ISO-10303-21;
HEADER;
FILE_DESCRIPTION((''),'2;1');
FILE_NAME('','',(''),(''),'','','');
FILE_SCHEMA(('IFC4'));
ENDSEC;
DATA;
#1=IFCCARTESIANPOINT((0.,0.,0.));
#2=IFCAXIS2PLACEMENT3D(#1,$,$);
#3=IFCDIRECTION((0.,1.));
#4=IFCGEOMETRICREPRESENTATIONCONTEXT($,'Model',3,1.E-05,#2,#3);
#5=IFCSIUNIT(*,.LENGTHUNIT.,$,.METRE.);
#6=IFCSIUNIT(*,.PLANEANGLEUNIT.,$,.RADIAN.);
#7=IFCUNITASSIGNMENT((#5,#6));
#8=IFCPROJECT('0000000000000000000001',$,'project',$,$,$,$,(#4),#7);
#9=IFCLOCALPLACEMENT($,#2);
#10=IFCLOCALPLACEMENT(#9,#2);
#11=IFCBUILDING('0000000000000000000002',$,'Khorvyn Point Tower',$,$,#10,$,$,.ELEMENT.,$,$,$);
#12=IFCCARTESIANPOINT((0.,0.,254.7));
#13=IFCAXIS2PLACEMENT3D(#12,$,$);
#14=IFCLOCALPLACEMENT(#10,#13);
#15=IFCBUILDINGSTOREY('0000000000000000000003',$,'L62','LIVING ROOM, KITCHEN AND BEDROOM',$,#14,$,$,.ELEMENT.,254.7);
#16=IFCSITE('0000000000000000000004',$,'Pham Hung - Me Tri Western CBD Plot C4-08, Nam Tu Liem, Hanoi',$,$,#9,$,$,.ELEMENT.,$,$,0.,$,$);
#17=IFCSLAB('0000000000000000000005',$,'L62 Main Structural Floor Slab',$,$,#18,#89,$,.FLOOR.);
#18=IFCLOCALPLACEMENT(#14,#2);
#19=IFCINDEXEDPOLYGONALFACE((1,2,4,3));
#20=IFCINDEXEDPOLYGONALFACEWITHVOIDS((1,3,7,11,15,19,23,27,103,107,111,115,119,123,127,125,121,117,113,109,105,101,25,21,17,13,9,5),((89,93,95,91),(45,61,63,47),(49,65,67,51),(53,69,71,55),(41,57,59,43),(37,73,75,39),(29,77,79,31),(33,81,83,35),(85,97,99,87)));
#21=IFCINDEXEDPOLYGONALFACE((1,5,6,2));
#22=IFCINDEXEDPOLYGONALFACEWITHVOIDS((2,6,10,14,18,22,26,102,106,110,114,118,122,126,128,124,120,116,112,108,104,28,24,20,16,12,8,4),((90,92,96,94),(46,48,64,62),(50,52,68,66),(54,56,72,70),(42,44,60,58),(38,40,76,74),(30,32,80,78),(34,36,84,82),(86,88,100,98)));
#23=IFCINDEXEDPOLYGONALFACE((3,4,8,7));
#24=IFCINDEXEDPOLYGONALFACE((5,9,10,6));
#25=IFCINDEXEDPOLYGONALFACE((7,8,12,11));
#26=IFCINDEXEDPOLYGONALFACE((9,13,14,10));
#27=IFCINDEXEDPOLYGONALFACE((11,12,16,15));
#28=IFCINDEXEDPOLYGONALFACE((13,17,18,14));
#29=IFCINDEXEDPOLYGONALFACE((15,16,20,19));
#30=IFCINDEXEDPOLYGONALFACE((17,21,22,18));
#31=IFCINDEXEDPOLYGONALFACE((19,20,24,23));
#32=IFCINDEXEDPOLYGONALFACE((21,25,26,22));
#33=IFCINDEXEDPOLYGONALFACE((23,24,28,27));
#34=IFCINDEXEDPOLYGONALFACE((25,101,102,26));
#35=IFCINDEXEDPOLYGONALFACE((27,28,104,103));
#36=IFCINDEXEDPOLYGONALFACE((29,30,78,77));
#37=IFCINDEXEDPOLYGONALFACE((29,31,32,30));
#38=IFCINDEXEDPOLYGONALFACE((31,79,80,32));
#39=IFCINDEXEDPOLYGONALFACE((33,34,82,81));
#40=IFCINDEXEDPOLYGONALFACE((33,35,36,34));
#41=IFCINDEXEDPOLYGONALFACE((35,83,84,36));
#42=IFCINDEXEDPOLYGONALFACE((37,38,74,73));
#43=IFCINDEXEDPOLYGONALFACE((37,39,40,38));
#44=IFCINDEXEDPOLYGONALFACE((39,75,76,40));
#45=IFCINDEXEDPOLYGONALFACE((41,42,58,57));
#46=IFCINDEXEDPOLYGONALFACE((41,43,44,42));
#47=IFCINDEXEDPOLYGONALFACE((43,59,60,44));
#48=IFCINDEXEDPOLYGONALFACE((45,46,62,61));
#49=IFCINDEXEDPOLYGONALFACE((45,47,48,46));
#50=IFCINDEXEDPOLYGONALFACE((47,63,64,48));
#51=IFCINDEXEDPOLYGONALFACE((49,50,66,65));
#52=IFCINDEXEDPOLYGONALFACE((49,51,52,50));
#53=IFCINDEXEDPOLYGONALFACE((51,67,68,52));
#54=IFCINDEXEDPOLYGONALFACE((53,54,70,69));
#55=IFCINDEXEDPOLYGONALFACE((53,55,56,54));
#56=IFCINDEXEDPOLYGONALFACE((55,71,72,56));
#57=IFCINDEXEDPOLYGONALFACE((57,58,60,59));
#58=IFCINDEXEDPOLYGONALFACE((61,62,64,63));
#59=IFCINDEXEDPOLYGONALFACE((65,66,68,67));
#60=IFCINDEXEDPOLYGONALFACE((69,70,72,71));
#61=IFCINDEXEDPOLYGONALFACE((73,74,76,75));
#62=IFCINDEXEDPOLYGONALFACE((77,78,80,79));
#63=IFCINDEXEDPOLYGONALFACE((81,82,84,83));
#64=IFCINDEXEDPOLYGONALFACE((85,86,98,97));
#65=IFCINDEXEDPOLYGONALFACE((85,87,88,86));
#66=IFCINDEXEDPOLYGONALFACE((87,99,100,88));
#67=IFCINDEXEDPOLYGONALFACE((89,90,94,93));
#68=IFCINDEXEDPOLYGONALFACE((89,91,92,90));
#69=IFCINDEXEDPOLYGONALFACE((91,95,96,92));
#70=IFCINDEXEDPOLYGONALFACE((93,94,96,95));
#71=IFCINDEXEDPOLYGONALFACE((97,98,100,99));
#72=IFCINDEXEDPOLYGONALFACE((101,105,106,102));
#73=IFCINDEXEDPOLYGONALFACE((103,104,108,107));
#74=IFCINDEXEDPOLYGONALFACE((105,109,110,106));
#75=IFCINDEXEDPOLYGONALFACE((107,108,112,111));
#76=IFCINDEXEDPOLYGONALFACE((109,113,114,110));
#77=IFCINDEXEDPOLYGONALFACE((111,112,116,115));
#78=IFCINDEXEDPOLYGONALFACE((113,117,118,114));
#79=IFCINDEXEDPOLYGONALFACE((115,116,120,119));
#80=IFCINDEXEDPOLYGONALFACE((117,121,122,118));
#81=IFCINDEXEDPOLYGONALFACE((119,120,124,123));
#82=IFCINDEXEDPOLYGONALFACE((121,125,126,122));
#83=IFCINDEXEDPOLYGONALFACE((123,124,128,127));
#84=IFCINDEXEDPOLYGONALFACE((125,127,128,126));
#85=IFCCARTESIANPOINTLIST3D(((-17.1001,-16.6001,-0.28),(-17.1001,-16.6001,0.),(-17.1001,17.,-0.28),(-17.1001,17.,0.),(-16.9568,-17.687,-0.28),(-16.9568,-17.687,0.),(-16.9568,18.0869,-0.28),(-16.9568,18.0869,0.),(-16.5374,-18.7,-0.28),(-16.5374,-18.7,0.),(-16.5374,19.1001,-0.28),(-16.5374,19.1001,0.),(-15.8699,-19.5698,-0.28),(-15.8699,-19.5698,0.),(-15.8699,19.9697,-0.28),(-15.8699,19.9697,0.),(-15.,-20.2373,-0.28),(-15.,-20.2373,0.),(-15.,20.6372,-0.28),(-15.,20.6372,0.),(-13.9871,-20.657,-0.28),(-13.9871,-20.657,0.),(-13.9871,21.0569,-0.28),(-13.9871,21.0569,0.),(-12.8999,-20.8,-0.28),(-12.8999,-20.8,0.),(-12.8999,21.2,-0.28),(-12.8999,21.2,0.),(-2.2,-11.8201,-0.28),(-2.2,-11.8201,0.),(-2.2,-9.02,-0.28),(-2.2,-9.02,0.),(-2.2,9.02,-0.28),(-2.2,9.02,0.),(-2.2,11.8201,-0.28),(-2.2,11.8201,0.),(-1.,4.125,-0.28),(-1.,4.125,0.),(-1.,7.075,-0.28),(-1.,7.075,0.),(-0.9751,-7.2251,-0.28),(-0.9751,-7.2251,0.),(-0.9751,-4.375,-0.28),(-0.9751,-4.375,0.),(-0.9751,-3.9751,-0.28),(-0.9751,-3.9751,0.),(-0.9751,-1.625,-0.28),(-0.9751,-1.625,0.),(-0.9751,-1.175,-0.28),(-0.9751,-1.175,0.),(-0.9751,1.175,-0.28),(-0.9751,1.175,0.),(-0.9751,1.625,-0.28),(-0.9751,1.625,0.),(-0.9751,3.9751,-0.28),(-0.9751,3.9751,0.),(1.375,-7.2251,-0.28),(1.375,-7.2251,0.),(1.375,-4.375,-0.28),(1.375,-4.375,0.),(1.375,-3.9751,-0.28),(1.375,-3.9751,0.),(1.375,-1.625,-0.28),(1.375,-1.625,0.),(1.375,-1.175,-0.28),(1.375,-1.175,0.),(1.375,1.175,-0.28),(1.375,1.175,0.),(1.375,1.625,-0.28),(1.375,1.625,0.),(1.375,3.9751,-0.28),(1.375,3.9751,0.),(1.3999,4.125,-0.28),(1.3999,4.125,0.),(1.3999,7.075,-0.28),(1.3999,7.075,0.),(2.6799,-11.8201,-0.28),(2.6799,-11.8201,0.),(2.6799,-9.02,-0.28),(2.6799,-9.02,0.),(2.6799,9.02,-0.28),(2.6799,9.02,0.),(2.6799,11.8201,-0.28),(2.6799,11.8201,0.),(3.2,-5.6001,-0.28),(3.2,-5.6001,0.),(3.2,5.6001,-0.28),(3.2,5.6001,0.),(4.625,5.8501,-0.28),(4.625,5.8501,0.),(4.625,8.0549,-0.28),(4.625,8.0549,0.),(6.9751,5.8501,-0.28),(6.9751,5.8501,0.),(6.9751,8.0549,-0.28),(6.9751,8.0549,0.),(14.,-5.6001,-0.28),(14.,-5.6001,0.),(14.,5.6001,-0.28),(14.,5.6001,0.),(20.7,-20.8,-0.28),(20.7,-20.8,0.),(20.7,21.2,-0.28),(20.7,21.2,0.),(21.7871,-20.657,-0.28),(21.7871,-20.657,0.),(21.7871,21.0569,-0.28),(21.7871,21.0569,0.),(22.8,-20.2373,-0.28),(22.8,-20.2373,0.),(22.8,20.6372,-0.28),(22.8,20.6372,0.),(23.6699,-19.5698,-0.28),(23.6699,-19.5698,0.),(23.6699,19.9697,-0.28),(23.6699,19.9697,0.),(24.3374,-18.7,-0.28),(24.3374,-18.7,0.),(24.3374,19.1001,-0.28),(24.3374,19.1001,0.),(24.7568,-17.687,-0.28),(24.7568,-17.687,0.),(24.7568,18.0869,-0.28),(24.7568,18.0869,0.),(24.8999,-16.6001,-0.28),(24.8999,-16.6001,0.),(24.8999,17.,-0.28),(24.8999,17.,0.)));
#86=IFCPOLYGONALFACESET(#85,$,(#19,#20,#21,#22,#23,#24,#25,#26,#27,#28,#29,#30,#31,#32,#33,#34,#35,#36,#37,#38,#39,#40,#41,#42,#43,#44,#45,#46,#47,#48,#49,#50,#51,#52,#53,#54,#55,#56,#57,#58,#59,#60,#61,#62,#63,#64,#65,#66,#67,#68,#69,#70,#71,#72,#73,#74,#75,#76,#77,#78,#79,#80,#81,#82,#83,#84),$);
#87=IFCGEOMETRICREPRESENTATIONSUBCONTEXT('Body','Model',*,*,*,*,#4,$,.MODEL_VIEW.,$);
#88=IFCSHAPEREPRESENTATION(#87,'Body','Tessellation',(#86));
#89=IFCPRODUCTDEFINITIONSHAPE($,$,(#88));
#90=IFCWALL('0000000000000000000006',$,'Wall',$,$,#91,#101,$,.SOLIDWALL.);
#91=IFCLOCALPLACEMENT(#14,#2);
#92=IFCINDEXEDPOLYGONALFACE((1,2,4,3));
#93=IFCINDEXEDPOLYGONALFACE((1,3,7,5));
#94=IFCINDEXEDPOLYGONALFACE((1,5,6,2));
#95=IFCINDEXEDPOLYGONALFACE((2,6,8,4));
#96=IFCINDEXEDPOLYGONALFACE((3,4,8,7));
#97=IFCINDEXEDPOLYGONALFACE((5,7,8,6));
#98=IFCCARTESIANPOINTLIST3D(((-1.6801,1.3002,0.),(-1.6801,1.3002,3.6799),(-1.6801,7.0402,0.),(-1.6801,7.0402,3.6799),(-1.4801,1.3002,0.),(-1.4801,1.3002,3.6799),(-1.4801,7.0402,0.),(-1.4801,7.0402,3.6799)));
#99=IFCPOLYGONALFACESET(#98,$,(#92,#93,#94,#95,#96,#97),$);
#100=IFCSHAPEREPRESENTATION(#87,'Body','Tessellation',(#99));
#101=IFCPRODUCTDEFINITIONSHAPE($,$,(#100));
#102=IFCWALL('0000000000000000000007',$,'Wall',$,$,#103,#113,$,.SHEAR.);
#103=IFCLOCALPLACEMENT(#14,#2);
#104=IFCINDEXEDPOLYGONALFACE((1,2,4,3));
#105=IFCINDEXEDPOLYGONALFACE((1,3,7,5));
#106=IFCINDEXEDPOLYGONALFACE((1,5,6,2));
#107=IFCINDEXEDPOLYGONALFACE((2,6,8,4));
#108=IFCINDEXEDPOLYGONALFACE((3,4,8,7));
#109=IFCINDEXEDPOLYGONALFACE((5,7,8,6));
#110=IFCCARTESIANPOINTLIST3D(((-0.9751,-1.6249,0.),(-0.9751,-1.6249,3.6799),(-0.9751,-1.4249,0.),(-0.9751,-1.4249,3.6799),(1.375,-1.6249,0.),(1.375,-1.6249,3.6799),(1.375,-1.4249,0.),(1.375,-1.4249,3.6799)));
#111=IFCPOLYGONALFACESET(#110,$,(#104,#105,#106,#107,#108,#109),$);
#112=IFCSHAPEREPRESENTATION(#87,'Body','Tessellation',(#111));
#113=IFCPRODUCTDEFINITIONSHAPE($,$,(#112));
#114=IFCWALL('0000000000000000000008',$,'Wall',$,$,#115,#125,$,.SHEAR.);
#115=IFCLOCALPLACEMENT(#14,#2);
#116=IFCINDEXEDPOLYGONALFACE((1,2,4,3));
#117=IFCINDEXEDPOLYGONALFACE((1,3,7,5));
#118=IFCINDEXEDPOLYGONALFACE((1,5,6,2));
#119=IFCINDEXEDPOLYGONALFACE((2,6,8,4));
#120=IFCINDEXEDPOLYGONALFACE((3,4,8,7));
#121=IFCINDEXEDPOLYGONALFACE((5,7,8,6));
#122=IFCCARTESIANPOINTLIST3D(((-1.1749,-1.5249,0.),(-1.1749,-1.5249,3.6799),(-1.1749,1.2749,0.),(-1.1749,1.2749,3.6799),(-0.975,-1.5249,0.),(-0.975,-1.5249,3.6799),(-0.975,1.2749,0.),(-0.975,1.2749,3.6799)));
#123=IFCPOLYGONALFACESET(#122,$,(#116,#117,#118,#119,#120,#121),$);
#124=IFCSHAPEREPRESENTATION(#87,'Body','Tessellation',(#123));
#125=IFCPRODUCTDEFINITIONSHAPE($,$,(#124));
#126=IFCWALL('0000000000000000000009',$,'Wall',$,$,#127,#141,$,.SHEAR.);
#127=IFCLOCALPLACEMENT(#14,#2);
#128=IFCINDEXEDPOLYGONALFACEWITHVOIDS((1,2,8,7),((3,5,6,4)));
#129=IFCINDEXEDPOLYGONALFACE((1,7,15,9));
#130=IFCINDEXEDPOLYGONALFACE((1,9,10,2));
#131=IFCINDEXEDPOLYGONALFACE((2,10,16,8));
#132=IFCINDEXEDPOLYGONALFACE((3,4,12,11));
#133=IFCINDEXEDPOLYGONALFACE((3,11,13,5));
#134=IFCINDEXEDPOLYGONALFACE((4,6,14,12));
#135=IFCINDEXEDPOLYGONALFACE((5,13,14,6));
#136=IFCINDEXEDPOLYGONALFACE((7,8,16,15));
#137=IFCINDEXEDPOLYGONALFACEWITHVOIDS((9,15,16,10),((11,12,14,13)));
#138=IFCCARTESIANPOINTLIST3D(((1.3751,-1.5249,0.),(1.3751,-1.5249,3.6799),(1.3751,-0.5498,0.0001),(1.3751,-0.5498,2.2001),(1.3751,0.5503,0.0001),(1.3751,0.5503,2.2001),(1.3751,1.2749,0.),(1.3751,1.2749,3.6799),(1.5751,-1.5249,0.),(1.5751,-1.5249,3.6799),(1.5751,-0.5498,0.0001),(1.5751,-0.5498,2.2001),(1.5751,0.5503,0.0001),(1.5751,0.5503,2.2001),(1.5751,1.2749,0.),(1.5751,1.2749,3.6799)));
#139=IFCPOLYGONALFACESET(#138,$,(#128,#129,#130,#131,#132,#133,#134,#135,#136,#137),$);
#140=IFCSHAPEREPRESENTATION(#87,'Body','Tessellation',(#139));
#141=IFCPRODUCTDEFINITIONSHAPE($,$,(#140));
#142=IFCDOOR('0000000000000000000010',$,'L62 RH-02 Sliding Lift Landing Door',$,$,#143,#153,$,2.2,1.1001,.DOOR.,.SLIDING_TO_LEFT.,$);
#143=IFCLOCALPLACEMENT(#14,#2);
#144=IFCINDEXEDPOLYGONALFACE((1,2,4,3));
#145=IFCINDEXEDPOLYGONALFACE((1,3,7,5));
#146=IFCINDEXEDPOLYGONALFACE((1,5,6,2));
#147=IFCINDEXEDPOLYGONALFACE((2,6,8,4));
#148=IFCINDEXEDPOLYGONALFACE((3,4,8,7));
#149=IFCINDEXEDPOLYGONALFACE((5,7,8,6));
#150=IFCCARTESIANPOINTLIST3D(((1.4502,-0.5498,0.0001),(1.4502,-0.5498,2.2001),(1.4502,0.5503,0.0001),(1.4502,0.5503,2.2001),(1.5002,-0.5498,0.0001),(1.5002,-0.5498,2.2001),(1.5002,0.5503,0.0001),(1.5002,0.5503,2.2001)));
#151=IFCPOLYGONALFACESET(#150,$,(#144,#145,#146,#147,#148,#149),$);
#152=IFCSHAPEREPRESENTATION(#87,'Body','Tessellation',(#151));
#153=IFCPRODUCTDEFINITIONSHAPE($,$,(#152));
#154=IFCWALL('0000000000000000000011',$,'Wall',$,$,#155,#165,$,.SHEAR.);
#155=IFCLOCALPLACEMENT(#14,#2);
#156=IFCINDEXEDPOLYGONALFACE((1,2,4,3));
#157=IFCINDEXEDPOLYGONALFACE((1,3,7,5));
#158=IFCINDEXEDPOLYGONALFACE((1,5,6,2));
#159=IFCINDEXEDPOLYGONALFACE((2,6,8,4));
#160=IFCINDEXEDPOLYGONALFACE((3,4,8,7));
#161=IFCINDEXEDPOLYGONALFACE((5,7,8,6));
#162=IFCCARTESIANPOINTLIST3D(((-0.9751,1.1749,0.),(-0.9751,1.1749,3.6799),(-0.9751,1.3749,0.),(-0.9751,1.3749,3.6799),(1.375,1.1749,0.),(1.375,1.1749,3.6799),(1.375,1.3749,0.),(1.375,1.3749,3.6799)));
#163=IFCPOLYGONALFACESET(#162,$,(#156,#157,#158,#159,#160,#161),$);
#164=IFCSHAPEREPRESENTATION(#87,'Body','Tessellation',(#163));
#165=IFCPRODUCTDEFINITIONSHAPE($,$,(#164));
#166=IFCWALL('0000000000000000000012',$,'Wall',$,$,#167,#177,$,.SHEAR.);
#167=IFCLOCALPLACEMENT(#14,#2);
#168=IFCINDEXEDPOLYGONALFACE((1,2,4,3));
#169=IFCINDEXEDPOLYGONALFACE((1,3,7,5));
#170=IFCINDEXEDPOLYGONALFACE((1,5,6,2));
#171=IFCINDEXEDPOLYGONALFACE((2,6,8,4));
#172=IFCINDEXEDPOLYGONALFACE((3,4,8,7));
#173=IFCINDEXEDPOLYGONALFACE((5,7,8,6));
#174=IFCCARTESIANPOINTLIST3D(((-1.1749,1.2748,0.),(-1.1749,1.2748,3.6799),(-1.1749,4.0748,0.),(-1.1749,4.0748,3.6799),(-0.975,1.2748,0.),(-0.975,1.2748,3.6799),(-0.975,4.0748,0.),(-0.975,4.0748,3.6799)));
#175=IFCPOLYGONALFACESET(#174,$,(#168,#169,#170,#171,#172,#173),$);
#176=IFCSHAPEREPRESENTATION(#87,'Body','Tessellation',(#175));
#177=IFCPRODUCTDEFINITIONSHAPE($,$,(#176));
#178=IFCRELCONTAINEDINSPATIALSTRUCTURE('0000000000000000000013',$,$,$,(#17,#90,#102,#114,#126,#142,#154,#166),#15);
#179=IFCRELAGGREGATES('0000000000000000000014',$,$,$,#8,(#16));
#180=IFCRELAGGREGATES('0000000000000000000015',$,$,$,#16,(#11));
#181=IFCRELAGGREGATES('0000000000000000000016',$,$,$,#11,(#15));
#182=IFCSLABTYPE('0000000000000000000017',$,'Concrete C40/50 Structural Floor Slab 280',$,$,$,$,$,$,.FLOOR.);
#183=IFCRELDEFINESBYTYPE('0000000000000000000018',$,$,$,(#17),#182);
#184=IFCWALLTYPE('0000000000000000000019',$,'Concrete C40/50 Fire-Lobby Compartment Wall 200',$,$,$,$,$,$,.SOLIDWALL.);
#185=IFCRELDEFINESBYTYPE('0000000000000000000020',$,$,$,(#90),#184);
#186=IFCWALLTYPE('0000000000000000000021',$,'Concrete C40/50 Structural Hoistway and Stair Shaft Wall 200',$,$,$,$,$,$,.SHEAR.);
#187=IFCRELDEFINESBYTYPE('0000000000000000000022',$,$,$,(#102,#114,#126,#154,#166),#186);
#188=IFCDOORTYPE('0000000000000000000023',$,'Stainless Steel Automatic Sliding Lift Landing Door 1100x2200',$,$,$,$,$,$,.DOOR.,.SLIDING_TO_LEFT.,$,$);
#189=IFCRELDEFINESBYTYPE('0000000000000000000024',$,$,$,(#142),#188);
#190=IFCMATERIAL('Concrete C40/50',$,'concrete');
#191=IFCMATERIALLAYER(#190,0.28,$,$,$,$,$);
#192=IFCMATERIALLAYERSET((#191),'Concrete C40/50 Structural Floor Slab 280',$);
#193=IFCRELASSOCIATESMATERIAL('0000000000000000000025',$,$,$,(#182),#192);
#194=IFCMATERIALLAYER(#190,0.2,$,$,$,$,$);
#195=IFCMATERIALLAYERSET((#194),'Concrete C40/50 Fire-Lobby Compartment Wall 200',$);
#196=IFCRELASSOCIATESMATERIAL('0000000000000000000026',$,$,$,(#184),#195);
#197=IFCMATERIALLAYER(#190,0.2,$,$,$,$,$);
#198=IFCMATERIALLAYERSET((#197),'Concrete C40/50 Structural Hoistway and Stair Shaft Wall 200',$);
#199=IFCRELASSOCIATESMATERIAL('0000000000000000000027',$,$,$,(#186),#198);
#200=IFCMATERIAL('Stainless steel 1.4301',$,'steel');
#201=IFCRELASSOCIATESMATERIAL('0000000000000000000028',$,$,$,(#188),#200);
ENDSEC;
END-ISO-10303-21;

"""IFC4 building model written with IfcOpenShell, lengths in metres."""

from ifc_helpers import new_model, si_unit, direction, frame, frame_2d, origin, place, context, subcontext, project, spatial, polyline, rectangle, outline, extrude, material, layer, layer_set, type_object, element, fill, save


model = new_model("IFC4")

# Units and contexts
model_context = context("Model", 3, precision=1e-05, world=origin(), true_north=direction((0.0, 1.0)))
body_context = subcontext(model_context, "Body", "Model", "MODEL_VIEW")
ifc_project = project(units=[si_unit("LENGTHUNIT", "METRE"), si_unit("PLANEANGLEUNIT", "RADIAN")], contexts=[model_context])

# Site, building, storey
site_placement = place(None, origin())
site = spatial("IfcSite", under=ifc_project, at=site_placement, Name="Pham Hung - Me Tri Western CBD Plot C4-08, Nam Tu Liem, Hanoi", CompositionType="ELEMENT", RefElevation=0.0)
building_placement = place(site_placement, origin())
building = spatial("IfcBuilding", under=site, at=building_placement, Name="Khorvyn Point Tower", CompositionType="ELEMENT")
storey_placement = place(building_placement, frame((0.0, 0.0, 254.7)))
storey = spatial("IfcBuildingStorey", under=building, at=storey_placement, Name="L62", Description="LIVING ROOM, KITCHEN AND BEDROOM", CompositionType="ELEMENT", Elevation=254.7)

# Shared definitions
ifc_material_1 = material(Name="Concrete C40/50", Category="concrete")

# Slab
ifc_layer_1 = layer(ifc_material_1, 0.28)
ifc_layer_set_1 = layer_set([ifc_layer_1], Name="Concrete C40/50 Structural Floor Slab 280")
slab_type_1 = type_object("IfcSlabType", Name="Concrete C40/50 Structural Floor Slab 280", PredefinedType="FLOOR", material=ifc_layer_set_1)
slab_1_placement = place(storey_placement, frame((0.0, 0.0, -0.28)))
element("IfcSlab", 1, at=slab_1_placement, inside=storey, type_object=slab_type_1, Name="L62 Main Structural Floor Slab", PredefinedType="FLOOR", context=body_context, shape_type="SweptSolid", body=[
    extrude(outline(polyline([(-12.8999, -20.8), (-13.9871, -20.657), (-15.0, -20.2373), (-15.8699, -19.5698), (-16.5374, -18.7), (-16.9568, -17.687), (-17.1001, -16.6001), (-17.1001, 17.0), (-16.9568, 18.0869), (-16.5374, 19.1001), (-15.8699, 19.9697), (-15.0, 20.6372), (-13.9871, 21.0569), (-12.8999, 21.2), (20.7, 21.2), (21.7871, 21.0569), (22.8, 20.6372), (23.6699, 19.9697), (24.3374, 19.1001), (24.7568, 18.0869), (24.8999, 17.0), (24.8999, -16.6001), (24.7568, -17.687), (24.3374, -18.7), (23.6699, -19.5698), (22.8, -20.2373), (21.7871, -20.657), (20.7, -20.8), (-12.8999, -20.8)]), holes=[polyline([(2.6799, -11.8201), (2.6799, -9.02), (-2.2, -9.02), (-2.2, -11.8201), (2.6799, -11.8201)]), polyline([(1.375, -7.2251), (1.375, -4.375), (-0.9751, -4.375), (-0.9751, -7.2251), (1.375, -7.2251)]), polyline([(1.375, -3.9751), (1.375, -1.625), (-0.9751, -1.625), (-0.9751, -3.9751), (1.375, -3.9751)]), polyline([(1.375, -1.175), (1.375, 1.175), (-0.9751, 1.175), (-0.9751, -1.175), (1.375, -1.175)]), polyline([(14.0, -5.6001), (14.0, 5.6001), (3.2, 5.6001), (3.2, -5.6001), (14.0, -5.6001)]), polyline([(1.375, 1.625), (1.375, 3.9751), (-0.9751, 3.9751), (-0.9751, 1.625), (1.375, 1.625)]), polyline([(1.3999, 4.125), (1.3999, 7.075), (-1.0, 7.075), (-1.0, 4.125), (1.3999, 4.125)]), polyline([(4.625, 5.8501), (6.9751, 5.8501), (6.9751, 8.0549), (4.625, 8.0549), (4.625, 5.8501)]), polyline([(-2.2, 9.02), (2.6799, 9.02), (2.6799, 11.8201), (-2.2, 11.8201), (-2.2, 9.02)])]), origin(), (0.0, 0.0, 1.0), 0.28),
])

# Walls
ifc_layer_2 = layer(ifc_material_1, 0.2)
ifc_layer_set_2 = layer_set([ifc_layer_2], Name="Concrete C40/50 Fire-Lobby Compartment Wall 200")
wall_type_1 = type_object("IfcWallType", Name="Concrete C40/50 Fire-Lobby Compartment Wall 200", PredefinedType="SOLIDWALL", material=ifc_layer_set_2)
wall_1_placement = place(storey_placement, frame((-1.5801, 1.3, 0.0), z_axis=(0.0, 0.0, 1.0), x_axis=(0.0, 1.0, 0.0)))
element("IfcWall", 2, at=wall_1_placement, inside=storey, type_object=wall_type_1, Name="Wall", PredefinedType="SOLIDWALL", context=body_context, shape_type="SweptSolid", body=[
    extrude(rectangle(XDim=5.74, YDim=0.2, at=frame_2d((2.8701, 0.0))), origin(), (0.0, 0.0, 1.0), 3.6799),
])
ifc_layer_3 = layer(ifc_material_1, 0.2)
ifc_layer_set_3 = layer_set([ifc_layer_3], Name="Concrete C40/50 Structural Hoistway and Stair Shaft Wall 200")
wall_type_2 = type_object("IfcWallType", Name="Concrete C40/50 Structural Hoistway and Stair Shaft Wall 200", PredefinedType="SHEAR", material=ifc_layer_set_3)
wall_2_placement = place(storey_placement, frame((-0.9751, -1.5249, 0.0), z_axis=(0.0, 0.0, 1.0), x_axis=(1.0, 0.0, 0.0)))
element("IfcWall", 3, at=wall_2_placement, inside=storey, type_object=wall_type_2, Name="Wall", PredefinedType="SHEAR", context=body_context, shape_type="SweptSolid", body=[
    extrude(rectangle(XDim=2.3501, YDim=0.2, at=frame_2d((1.175, 0.0))), origin(), (0.0, 0.0, 1.0), 3.6799),
])
wall_3_placement = place(storey_placement, frame((-1.075, -1.5249, 0.0), z_axis=(0.0, 0.0, 1.0), x_axis=(0.0, 1.0, 0.0)))
element("IfcWall", 4, at=wall_3_placement, inside=storey, type_object=wall_type_2, Name="Wall", PredefinedType="SHEAR", context=body_context, shape_type="SweptSolid", body=[
    extrude(rectangle(XDim=2.7998, YDim=0.2, at=frame_2d((1.3999, 0.0))), origin(), (0.0, 0.0, 1.0), 3.6799),
])

# Wall, opening, door
wall_4_placement = place(storey_placement, frame((1.4751, -1.5249, 0.0), z_axis=(0.0, 0.0, 1.0), x_axis=(0.0, 1.0, 0.0)))
wall_4 = element("IfcWall", 5, at=wall_4_placement, inside=storey, type_object=wall_type_2, Name="Wall", PredefinedType="SHEAR", context=body_context, shape_type="SweptSolid", body=[
    extrude(rectangle(XDim=2.7998, YDim=0.2, at=frame_2d((1.3999, 0.0))), origin(), (0.0, 0.0, 1.0), 3.6799),
])
opening_1_placement = place(wall_4_placement, frame((0.9751, 0.0, 0.0)))
opening_1 = element("IfcOpeningElement", 6, at=opening_1_placement, cuts=wall_4, PredefinedType="OPENING", context=body_context, shape_type="SweptSolid", body=[
    extrude(rectangle(XDim=1.1001, YDim=2.2, at=frame_2d((0.55, 1.1001))), frame((0.0, 0.1099, 0.0), z_axis=(0.0, -1.0, 0.0), x_axis=(1.0, 0.0, 0.0)), (0.0, 0.0, 1.0), 0.22),
])
ifc_material_2 = material(Name="Stainless steel 1.4301", Category="steel")
door_type = type_object("IfcDoorType", Name="Stainless Steel Automatic Sliding Lift Landing Door 1100x2200", OperationType="SLIDING_TO_LEFT", PredefinedType="DOOR", material=ifc_material_2)
door_1_placement = place(opening_1_placement, origin())
door_1 = element("IfcDoor", 7, at=door_1_placement, inside=storey, type_object=door_type, Name="L62 RH-02 Sliding Lift Landing Door", OperationType="SLIDING_TO_LEFT", OverallHeight=2.2, OverallWidth=1.1001, PredefinedType="DOOR", context=body_context, shape_type="SweptSolid", body=[
    extrude(rectangle(XDim=1.1001, YDim=2.2, at=frame_2d((0.55, 1.1001))), frame((0.0, 0.0249, 0.0), z_axis=(0.0, -1.0, 0.0), x_axis=(1.0, 0.0, 0.0)), (0.0, 0.0, 1.0), 0.05),
])
fill(opening_1, door_1)

# Walls
wall_5_placement = place(storey_placement, frame((-0.9751, 1.2749, 0.0), z_axis=(0.0, 0.0, 1.0), x_axis=(1.0, 0.0, 0.0)))
element("IfcWall", 8, at=wall_5_placement, inside=storey, type_object=wall_type_2, Name="Wall", PredefinedType="SHEAR", context=body_context, shape_type="SweptSolid", body=[
    extrude(rectangle(XDim=2.3501, YDim=0.2, at=frame_2d((1.175, 0.0))), origin(), (0.0, 0.0, 1.0), 3.6799),
])
wall_6_placement = place(storey_placement, frame((-1.075, 1.2749, 0.0), z_axis=(0.0, 0.0, 1.0), x_axis=(0.0, 1.0, 0.0)))
element("IfcWall", 9, at=wall_6_placement, inside=storey, type_object=wall_type_2, Name="Wall", PredefinedType="SHEAR", context=body_context, shape_type="SweptSolid", body=[
    extrude(rectangle(XDim=2.8, YDim=0.2, at=frame_2d((1.3999, 0.0))), origin(), (0.0, 0.0, 1.0), 3.6799),
])

save(model, "model.ifc")
